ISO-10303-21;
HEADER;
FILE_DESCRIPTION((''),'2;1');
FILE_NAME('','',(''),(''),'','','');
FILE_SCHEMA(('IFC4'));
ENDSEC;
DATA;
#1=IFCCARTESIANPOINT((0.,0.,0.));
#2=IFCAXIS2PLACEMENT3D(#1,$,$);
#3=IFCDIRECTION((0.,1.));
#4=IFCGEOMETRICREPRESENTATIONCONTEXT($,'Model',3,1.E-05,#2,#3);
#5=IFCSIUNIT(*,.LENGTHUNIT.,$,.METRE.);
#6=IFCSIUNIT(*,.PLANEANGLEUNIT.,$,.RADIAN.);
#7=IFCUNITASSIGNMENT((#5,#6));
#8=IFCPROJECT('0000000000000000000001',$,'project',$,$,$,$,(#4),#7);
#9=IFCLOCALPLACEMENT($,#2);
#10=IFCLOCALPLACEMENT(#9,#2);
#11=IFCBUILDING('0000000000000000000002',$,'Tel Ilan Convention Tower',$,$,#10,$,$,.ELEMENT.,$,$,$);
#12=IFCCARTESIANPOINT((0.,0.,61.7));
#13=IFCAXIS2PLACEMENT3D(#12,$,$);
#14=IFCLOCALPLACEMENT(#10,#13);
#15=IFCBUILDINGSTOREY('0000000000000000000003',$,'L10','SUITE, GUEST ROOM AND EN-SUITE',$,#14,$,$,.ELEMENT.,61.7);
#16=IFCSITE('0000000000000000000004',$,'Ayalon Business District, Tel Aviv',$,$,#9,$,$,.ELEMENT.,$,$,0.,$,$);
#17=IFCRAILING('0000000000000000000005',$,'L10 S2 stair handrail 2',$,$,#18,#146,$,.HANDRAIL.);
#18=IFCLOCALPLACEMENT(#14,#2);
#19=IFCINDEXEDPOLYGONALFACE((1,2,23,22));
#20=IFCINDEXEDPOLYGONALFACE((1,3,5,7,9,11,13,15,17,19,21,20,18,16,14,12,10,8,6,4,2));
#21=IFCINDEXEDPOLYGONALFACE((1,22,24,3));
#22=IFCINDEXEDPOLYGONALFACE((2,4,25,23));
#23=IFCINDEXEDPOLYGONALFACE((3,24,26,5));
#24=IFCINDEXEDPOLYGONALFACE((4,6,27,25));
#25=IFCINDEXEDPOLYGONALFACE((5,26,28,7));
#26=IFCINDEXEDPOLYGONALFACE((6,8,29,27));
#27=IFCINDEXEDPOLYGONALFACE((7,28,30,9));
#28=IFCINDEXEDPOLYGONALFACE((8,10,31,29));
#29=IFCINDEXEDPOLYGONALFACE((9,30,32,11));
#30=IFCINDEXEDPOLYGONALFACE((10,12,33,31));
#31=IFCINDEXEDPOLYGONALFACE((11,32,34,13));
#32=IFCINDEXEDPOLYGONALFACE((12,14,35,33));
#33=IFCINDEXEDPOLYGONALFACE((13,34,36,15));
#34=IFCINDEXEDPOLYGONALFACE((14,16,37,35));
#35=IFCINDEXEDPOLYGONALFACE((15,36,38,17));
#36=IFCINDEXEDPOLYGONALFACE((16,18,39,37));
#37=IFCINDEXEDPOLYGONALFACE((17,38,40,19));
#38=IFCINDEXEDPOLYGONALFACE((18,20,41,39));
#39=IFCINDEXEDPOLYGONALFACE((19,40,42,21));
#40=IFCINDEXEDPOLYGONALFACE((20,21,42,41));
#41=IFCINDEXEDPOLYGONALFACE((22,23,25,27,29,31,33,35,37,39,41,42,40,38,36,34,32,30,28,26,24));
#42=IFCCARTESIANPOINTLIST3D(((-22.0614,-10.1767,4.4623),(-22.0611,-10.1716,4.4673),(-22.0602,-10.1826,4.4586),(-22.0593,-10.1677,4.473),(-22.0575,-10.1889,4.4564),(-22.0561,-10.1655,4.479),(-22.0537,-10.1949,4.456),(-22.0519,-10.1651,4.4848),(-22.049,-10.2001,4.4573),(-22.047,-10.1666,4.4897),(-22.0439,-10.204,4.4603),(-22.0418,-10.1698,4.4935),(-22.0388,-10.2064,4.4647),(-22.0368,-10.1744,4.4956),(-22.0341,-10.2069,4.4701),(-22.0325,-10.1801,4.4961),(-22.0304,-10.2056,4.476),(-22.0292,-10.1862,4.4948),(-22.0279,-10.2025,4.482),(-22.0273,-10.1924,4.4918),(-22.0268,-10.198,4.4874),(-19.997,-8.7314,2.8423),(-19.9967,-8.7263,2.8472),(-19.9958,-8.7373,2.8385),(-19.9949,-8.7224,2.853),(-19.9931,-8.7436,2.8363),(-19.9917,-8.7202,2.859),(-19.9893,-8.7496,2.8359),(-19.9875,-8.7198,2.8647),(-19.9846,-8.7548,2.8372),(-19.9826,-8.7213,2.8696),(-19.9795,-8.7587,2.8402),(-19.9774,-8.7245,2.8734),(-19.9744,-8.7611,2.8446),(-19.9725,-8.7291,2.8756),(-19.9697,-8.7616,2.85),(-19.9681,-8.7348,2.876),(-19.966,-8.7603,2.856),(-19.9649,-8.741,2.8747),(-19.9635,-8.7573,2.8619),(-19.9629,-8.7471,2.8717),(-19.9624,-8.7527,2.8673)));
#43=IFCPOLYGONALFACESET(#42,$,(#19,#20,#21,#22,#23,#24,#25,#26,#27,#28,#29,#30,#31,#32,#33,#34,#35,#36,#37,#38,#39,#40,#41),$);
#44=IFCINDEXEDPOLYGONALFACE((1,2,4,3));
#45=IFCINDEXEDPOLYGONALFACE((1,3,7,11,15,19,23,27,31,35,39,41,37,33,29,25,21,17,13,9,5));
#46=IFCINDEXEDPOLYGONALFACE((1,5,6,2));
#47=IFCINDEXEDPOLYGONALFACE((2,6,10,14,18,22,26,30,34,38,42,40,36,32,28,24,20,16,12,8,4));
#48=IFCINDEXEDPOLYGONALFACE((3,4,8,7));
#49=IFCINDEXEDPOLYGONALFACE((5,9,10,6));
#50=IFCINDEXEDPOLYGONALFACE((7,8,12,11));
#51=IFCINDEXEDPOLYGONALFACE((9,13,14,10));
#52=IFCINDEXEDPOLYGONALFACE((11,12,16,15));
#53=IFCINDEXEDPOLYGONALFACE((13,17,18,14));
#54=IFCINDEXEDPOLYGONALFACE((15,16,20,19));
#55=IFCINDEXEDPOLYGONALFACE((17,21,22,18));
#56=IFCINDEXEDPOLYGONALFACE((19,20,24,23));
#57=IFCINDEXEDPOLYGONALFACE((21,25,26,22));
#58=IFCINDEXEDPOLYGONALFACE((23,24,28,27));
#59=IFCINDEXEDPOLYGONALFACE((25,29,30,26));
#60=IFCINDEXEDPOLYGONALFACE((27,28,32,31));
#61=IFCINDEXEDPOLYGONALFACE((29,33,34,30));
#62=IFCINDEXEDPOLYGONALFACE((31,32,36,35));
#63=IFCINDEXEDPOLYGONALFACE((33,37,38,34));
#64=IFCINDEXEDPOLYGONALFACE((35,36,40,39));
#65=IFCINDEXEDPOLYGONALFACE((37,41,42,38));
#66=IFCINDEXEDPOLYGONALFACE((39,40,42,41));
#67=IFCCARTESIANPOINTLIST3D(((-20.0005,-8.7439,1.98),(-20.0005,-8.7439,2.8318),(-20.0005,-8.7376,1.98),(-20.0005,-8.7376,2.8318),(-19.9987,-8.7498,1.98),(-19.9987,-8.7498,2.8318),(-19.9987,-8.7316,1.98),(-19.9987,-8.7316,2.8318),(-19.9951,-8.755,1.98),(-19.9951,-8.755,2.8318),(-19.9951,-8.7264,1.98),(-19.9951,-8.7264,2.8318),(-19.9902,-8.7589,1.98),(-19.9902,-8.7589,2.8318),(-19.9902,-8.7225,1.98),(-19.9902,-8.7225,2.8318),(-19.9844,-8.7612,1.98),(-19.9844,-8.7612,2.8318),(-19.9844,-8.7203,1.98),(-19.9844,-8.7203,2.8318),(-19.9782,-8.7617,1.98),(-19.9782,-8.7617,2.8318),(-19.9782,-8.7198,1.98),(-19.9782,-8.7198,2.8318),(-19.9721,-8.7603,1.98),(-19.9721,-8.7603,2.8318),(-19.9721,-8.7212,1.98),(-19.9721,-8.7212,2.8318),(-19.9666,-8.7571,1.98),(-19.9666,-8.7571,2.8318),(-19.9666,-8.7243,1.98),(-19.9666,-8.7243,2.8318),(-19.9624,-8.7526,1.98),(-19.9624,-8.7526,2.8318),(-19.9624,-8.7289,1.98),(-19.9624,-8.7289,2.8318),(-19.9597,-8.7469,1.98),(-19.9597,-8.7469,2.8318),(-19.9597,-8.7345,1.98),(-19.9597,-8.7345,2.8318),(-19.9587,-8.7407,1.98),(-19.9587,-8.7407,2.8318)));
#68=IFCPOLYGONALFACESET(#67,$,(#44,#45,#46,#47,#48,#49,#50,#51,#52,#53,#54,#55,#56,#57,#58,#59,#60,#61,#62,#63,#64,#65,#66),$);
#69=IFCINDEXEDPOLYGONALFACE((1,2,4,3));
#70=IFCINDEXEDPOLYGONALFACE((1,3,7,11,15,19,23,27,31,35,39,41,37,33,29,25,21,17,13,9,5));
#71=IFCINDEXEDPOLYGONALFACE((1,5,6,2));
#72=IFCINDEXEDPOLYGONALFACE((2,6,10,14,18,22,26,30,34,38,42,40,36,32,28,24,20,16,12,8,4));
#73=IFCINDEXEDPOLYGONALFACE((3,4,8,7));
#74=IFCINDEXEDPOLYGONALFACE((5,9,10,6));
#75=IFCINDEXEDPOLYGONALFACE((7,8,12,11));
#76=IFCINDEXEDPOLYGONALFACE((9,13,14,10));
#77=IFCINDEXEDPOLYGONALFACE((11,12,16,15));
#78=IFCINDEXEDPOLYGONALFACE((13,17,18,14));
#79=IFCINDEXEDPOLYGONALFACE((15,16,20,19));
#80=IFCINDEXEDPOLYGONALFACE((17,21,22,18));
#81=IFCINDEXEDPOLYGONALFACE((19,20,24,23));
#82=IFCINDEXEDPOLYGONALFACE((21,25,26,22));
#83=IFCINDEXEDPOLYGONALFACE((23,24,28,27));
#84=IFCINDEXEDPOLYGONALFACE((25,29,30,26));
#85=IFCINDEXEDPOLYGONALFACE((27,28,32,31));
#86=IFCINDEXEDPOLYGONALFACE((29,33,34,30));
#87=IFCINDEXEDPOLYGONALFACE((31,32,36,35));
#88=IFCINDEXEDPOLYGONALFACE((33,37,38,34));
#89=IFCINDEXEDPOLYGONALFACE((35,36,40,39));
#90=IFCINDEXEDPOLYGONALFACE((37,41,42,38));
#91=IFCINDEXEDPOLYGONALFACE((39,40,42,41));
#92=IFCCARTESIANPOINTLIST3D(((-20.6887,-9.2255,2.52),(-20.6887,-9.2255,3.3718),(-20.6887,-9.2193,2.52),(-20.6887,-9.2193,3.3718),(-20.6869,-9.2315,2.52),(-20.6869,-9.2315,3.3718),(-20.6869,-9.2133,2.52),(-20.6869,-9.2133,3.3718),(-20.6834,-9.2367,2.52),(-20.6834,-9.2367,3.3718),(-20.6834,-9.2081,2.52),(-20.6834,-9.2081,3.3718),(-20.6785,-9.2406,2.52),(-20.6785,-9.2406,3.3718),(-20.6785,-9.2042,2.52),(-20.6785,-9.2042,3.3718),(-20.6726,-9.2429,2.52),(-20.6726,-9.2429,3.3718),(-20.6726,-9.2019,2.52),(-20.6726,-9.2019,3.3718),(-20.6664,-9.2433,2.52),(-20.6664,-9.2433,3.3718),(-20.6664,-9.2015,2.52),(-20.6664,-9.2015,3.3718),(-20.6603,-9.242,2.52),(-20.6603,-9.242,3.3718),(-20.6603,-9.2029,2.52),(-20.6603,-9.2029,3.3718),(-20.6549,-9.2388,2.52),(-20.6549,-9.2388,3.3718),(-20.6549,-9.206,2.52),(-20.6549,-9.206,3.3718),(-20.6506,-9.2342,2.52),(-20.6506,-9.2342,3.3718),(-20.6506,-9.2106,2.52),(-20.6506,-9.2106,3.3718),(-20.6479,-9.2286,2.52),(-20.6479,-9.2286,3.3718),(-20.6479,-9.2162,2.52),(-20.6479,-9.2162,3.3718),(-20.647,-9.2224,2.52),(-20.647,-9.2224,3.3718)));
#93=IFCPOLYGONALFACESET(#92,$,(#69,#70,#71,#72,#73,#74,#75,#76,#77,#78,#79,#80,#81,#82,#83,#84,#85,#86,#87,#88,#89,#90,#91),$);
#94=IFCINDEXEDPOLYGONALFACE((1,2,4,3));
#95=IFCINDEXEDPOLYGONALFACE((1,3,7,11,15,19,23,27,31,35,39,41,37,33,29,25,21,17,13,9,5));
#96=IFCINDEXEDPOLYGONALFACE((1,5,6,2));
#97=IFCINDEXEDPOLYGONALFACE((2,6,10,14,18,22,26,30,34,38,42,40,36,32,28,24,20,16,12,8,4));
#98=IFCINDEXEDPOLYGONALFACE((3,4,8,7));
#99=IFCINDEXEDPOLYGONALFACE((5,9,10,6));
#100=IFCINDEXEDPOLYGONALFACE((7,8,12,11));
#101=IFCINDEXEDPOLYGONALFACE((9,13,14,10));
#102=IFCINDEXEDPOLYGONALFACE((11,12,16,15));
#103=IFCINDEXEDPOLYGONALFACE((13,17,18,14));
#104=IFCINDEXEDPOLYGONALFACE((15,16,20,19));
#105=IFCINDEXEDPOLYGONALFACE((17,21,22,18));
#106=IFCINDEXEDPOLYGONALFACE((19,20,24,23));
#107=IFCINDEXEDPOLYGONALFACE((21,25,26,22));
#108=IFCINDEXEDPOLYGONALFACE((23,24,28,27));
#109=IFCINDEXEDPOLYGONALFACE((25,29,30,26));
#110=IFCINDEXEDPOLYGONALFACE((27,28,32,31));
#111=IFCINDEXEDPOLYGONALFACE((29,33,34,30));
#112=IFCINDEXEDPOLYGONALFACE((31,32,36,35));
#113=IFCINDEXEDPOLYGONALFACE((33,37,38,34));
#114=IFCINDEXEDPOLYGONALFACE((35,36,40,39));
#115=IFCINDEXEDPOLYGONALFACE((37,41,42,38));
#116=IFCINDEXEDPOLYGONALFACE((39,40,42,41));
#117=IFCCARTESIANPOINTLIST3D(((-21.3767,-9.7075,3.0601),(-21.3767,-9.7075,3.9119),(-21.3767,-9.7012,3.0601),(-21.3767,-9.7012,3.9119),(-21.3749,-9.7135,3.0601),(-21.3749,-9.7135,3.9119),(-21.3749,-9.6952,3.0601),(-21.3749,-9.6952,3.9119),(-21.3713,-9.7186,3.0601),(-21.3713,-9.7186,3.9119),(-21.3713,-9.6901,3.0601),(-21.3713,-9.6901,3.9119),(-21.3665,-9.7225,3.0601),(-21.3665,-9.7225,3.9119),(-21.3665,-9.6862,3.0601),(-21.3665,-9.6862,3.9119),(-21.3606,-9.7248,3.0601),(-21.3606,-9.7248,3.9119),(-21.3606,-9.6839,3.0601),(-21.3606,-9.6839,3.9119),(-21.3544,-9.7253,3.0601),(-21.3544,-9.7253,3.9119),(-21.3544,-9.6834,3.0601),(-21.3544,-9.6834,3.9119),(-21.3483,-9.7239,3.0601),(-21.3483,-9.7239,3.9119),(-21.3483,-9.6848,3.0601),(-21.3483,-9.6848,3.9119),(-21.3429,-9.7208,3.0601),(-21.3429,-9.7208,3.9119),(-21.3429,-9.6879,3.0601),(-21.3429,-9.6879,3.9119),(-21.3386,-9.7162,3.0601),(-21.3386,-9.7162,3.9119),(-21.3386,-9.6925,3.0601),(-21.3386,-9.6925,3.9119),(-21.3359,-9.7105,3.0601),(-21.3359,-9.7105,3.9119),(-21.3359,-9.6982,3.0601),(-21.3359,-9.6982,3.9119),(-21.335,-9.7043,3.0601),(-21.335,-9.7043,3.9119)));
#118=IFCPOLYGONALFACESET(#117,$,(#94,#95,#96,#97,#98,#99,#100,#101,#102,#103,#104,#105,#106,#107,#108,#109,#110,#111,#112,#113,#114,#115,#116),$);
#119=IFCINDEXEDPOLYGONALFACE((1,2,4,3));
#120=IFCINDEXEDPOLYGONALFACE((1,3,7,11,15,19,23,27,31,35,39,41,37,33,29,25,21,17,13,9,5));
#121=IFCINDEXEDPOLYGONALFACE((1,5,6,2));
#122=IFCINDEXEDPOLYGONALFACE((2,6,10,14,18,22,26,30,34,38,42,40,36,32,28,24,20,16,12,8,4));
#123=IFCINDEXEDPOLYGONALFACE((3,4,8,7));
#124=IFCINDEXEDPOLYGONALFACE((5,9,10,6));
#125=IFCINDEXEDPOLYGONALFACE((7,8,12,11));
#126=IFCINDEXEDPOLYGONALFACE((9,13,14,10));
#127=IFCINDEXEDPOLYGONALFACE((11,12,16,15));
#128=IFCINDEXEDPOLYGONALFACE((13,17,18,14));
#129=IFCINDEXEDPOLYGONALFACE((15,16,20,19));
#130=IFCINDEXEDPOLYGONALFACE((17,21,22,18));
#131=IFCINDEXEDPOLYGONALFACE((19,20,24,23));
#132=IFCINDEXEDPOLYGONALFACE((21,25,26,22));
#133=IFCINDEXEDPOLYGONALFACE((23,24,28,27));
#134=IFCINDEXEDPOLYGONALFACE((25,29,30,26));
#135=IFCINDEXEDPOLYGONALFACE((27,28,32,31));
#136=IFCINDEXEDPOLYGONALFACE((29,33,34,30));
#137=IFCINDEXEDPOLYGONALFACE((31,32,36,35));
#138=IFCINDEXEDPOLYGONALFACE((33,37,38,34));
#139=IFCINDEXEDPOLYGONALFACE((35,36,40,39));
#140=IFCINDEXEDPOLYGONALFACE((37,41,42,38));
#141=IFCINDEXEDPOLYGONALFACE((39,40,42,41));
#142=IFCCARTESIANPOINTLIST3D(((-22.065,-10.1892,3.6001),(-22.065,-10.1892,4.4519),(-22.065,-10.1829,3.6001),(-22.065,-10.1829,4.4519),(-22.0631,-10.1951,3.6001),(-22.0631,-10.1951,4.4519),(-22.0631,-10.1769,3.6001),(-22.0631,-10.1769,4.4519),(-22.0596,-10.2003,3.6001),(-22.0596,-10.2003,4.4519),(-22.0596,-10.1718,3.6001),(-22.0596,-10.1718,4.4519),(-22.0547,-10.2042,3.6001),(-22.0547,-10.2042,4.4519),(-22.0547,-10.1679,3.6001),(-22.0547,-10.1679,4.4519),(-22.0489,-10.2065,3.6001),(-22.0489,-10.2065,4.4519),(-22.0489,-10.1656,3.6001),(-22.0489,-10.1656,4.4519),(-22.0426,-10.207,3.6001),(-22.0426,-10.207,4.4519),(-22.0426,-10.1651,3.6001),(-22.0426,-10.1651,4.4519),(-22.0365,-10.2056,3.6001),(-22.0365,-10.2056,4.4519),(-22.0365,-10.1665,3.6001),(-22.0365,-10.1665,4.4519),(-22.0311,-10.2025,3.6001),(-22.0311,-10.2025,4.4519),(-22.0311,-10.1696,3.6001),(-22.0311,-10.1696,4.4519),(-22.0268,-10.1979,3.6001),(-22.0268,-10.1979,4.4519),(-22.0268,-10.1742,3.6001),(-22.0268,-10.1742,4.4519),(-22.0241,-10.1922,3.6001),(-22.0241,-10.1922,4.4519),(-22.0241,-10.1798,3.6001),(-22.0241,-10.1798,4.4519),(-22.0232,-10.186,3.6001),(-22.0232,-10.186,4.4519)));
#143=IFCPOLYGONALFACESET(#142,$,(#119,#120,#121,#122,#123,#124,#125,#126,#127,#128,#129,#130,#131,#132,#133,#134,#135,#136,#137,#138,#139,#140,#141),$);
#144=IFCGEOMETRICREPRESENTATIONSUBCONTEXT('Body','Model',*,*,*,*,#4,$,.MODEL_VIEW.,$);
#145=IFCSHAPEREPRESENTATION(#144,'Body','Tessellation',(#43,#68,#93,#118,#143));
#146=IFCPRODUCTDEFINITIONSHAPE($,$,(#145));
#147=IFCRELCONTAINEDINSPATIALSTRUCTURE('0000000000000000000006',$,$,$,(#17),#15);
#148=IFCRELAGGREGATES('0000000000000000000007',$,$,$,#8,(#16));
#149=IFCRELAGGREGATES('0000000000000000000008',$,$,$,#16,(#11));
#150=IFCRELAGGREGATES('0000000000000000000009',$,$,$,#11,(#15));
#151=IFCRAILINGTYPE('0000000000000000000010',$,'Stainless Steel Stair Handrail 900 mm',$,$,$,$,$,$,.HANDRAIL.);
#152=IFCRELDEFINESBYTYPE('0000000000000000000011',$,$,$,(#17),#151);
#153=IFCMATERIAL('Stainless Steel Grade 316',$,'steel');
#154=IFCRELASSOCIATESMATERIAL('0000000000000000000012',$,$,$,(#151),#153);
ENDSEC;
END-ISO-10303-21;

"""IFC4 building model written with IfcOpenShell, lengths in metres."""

from ifc_helpers import new_model, si_unit, direction, frame, origin, origin_2d, place, context, subcontext, project, spatial, circle, extrude, material, type_object, element, save


model = new_model("IFC4")

# Units and contexts
model_context = context("Model", 3, precision=1e-05, world=origin(), true_north=direction((0.0, 1.0)))
body_context = subcontext(model_context, "Body", "Model", "MODEL_VIEW")
ifc_project = project(units=[si_unit("LENGTHUNIT", "METRE"), si_unit("PLANEANGLEUNIT", "RADIAN")], contexts=[model_context])

# Site, building, storey
site_placement = place(None, origin())
site = spatial("IfcSite", under=ifc_project, at=site_placement, Name="Ayalon Business District, Tel Aviv", CompositionType="ELEMENT", RefElevation=0.0)
building_placement = place(site_placement, origin())
building = spatial("IfcBuilding", under=site, at=building_placement, Name="Tel Ilan Convention Tower", CompositionType="ELEMENT")
storey_placement = place(building_placement, frame((0.0, 0.0, 61.7)))
storey = spatial("IfcBuildingStorey", under=building, at=storey_placement, Name="L10", Description="SUITE, GUEST ROOM AND EN-SUITE", CompositionType="ELEMENT", Elevation=61.7)

# Railing
ifc_material_1 = material(Name="Stainless Steel Grade 316", Category="steel")
railing_type_1 = type_object("IfcRailingType", Name="Stainless Steel Stair Handrail 900 mm", PredefinedType="HANDRAIL", material=ifc_material_1)
railing_1_placement = place(storey_placement, frame((-19.9797, -8.7407, 1.98)))
element("IfcRailing", 1, at=railing_1_placement, inside=storey, type_object=railing_type_1, Name="L10 S2 stair handrail 2", PredefinedType="HANDRAIL", context=body_context, shape_type="SweptSolid", body=[
    extrude(circle(Radius=0.0239, at=origin_2d()), frame((0.0, 0.0, 0.876), z_axis=(-0.689083, -0.482423, 0.54077), x_axis=(0.573514, -0.819196, 0.0)), (0.0, 0.0, 1.0), 2.9958),
    extrude(circle(Radius=0.021, at=origin_2d()), origin(), (0.0, 0.0, 1.0), 0.8518),
    extrude(circle(Radius=0.021, at=origin_2d()), frame((-0.6882, -0.4817, 0.54)), (0.0, 0.0, 1.0), 0.8518),
    extrude(circle(Radius=0.021, at=origin_2d()), frame((-1.3762, -0.9636, 1.0801)), (0.0, 0.0, 1.0), 0.8518),
    extrude(circle(Radius=0.021, at=origin_2d()), frame((-2.0645, -1.4453, 1.6201)), (0.0, 0.0, 1.0), 0.8518),
])

save(model, "model.ifc")
